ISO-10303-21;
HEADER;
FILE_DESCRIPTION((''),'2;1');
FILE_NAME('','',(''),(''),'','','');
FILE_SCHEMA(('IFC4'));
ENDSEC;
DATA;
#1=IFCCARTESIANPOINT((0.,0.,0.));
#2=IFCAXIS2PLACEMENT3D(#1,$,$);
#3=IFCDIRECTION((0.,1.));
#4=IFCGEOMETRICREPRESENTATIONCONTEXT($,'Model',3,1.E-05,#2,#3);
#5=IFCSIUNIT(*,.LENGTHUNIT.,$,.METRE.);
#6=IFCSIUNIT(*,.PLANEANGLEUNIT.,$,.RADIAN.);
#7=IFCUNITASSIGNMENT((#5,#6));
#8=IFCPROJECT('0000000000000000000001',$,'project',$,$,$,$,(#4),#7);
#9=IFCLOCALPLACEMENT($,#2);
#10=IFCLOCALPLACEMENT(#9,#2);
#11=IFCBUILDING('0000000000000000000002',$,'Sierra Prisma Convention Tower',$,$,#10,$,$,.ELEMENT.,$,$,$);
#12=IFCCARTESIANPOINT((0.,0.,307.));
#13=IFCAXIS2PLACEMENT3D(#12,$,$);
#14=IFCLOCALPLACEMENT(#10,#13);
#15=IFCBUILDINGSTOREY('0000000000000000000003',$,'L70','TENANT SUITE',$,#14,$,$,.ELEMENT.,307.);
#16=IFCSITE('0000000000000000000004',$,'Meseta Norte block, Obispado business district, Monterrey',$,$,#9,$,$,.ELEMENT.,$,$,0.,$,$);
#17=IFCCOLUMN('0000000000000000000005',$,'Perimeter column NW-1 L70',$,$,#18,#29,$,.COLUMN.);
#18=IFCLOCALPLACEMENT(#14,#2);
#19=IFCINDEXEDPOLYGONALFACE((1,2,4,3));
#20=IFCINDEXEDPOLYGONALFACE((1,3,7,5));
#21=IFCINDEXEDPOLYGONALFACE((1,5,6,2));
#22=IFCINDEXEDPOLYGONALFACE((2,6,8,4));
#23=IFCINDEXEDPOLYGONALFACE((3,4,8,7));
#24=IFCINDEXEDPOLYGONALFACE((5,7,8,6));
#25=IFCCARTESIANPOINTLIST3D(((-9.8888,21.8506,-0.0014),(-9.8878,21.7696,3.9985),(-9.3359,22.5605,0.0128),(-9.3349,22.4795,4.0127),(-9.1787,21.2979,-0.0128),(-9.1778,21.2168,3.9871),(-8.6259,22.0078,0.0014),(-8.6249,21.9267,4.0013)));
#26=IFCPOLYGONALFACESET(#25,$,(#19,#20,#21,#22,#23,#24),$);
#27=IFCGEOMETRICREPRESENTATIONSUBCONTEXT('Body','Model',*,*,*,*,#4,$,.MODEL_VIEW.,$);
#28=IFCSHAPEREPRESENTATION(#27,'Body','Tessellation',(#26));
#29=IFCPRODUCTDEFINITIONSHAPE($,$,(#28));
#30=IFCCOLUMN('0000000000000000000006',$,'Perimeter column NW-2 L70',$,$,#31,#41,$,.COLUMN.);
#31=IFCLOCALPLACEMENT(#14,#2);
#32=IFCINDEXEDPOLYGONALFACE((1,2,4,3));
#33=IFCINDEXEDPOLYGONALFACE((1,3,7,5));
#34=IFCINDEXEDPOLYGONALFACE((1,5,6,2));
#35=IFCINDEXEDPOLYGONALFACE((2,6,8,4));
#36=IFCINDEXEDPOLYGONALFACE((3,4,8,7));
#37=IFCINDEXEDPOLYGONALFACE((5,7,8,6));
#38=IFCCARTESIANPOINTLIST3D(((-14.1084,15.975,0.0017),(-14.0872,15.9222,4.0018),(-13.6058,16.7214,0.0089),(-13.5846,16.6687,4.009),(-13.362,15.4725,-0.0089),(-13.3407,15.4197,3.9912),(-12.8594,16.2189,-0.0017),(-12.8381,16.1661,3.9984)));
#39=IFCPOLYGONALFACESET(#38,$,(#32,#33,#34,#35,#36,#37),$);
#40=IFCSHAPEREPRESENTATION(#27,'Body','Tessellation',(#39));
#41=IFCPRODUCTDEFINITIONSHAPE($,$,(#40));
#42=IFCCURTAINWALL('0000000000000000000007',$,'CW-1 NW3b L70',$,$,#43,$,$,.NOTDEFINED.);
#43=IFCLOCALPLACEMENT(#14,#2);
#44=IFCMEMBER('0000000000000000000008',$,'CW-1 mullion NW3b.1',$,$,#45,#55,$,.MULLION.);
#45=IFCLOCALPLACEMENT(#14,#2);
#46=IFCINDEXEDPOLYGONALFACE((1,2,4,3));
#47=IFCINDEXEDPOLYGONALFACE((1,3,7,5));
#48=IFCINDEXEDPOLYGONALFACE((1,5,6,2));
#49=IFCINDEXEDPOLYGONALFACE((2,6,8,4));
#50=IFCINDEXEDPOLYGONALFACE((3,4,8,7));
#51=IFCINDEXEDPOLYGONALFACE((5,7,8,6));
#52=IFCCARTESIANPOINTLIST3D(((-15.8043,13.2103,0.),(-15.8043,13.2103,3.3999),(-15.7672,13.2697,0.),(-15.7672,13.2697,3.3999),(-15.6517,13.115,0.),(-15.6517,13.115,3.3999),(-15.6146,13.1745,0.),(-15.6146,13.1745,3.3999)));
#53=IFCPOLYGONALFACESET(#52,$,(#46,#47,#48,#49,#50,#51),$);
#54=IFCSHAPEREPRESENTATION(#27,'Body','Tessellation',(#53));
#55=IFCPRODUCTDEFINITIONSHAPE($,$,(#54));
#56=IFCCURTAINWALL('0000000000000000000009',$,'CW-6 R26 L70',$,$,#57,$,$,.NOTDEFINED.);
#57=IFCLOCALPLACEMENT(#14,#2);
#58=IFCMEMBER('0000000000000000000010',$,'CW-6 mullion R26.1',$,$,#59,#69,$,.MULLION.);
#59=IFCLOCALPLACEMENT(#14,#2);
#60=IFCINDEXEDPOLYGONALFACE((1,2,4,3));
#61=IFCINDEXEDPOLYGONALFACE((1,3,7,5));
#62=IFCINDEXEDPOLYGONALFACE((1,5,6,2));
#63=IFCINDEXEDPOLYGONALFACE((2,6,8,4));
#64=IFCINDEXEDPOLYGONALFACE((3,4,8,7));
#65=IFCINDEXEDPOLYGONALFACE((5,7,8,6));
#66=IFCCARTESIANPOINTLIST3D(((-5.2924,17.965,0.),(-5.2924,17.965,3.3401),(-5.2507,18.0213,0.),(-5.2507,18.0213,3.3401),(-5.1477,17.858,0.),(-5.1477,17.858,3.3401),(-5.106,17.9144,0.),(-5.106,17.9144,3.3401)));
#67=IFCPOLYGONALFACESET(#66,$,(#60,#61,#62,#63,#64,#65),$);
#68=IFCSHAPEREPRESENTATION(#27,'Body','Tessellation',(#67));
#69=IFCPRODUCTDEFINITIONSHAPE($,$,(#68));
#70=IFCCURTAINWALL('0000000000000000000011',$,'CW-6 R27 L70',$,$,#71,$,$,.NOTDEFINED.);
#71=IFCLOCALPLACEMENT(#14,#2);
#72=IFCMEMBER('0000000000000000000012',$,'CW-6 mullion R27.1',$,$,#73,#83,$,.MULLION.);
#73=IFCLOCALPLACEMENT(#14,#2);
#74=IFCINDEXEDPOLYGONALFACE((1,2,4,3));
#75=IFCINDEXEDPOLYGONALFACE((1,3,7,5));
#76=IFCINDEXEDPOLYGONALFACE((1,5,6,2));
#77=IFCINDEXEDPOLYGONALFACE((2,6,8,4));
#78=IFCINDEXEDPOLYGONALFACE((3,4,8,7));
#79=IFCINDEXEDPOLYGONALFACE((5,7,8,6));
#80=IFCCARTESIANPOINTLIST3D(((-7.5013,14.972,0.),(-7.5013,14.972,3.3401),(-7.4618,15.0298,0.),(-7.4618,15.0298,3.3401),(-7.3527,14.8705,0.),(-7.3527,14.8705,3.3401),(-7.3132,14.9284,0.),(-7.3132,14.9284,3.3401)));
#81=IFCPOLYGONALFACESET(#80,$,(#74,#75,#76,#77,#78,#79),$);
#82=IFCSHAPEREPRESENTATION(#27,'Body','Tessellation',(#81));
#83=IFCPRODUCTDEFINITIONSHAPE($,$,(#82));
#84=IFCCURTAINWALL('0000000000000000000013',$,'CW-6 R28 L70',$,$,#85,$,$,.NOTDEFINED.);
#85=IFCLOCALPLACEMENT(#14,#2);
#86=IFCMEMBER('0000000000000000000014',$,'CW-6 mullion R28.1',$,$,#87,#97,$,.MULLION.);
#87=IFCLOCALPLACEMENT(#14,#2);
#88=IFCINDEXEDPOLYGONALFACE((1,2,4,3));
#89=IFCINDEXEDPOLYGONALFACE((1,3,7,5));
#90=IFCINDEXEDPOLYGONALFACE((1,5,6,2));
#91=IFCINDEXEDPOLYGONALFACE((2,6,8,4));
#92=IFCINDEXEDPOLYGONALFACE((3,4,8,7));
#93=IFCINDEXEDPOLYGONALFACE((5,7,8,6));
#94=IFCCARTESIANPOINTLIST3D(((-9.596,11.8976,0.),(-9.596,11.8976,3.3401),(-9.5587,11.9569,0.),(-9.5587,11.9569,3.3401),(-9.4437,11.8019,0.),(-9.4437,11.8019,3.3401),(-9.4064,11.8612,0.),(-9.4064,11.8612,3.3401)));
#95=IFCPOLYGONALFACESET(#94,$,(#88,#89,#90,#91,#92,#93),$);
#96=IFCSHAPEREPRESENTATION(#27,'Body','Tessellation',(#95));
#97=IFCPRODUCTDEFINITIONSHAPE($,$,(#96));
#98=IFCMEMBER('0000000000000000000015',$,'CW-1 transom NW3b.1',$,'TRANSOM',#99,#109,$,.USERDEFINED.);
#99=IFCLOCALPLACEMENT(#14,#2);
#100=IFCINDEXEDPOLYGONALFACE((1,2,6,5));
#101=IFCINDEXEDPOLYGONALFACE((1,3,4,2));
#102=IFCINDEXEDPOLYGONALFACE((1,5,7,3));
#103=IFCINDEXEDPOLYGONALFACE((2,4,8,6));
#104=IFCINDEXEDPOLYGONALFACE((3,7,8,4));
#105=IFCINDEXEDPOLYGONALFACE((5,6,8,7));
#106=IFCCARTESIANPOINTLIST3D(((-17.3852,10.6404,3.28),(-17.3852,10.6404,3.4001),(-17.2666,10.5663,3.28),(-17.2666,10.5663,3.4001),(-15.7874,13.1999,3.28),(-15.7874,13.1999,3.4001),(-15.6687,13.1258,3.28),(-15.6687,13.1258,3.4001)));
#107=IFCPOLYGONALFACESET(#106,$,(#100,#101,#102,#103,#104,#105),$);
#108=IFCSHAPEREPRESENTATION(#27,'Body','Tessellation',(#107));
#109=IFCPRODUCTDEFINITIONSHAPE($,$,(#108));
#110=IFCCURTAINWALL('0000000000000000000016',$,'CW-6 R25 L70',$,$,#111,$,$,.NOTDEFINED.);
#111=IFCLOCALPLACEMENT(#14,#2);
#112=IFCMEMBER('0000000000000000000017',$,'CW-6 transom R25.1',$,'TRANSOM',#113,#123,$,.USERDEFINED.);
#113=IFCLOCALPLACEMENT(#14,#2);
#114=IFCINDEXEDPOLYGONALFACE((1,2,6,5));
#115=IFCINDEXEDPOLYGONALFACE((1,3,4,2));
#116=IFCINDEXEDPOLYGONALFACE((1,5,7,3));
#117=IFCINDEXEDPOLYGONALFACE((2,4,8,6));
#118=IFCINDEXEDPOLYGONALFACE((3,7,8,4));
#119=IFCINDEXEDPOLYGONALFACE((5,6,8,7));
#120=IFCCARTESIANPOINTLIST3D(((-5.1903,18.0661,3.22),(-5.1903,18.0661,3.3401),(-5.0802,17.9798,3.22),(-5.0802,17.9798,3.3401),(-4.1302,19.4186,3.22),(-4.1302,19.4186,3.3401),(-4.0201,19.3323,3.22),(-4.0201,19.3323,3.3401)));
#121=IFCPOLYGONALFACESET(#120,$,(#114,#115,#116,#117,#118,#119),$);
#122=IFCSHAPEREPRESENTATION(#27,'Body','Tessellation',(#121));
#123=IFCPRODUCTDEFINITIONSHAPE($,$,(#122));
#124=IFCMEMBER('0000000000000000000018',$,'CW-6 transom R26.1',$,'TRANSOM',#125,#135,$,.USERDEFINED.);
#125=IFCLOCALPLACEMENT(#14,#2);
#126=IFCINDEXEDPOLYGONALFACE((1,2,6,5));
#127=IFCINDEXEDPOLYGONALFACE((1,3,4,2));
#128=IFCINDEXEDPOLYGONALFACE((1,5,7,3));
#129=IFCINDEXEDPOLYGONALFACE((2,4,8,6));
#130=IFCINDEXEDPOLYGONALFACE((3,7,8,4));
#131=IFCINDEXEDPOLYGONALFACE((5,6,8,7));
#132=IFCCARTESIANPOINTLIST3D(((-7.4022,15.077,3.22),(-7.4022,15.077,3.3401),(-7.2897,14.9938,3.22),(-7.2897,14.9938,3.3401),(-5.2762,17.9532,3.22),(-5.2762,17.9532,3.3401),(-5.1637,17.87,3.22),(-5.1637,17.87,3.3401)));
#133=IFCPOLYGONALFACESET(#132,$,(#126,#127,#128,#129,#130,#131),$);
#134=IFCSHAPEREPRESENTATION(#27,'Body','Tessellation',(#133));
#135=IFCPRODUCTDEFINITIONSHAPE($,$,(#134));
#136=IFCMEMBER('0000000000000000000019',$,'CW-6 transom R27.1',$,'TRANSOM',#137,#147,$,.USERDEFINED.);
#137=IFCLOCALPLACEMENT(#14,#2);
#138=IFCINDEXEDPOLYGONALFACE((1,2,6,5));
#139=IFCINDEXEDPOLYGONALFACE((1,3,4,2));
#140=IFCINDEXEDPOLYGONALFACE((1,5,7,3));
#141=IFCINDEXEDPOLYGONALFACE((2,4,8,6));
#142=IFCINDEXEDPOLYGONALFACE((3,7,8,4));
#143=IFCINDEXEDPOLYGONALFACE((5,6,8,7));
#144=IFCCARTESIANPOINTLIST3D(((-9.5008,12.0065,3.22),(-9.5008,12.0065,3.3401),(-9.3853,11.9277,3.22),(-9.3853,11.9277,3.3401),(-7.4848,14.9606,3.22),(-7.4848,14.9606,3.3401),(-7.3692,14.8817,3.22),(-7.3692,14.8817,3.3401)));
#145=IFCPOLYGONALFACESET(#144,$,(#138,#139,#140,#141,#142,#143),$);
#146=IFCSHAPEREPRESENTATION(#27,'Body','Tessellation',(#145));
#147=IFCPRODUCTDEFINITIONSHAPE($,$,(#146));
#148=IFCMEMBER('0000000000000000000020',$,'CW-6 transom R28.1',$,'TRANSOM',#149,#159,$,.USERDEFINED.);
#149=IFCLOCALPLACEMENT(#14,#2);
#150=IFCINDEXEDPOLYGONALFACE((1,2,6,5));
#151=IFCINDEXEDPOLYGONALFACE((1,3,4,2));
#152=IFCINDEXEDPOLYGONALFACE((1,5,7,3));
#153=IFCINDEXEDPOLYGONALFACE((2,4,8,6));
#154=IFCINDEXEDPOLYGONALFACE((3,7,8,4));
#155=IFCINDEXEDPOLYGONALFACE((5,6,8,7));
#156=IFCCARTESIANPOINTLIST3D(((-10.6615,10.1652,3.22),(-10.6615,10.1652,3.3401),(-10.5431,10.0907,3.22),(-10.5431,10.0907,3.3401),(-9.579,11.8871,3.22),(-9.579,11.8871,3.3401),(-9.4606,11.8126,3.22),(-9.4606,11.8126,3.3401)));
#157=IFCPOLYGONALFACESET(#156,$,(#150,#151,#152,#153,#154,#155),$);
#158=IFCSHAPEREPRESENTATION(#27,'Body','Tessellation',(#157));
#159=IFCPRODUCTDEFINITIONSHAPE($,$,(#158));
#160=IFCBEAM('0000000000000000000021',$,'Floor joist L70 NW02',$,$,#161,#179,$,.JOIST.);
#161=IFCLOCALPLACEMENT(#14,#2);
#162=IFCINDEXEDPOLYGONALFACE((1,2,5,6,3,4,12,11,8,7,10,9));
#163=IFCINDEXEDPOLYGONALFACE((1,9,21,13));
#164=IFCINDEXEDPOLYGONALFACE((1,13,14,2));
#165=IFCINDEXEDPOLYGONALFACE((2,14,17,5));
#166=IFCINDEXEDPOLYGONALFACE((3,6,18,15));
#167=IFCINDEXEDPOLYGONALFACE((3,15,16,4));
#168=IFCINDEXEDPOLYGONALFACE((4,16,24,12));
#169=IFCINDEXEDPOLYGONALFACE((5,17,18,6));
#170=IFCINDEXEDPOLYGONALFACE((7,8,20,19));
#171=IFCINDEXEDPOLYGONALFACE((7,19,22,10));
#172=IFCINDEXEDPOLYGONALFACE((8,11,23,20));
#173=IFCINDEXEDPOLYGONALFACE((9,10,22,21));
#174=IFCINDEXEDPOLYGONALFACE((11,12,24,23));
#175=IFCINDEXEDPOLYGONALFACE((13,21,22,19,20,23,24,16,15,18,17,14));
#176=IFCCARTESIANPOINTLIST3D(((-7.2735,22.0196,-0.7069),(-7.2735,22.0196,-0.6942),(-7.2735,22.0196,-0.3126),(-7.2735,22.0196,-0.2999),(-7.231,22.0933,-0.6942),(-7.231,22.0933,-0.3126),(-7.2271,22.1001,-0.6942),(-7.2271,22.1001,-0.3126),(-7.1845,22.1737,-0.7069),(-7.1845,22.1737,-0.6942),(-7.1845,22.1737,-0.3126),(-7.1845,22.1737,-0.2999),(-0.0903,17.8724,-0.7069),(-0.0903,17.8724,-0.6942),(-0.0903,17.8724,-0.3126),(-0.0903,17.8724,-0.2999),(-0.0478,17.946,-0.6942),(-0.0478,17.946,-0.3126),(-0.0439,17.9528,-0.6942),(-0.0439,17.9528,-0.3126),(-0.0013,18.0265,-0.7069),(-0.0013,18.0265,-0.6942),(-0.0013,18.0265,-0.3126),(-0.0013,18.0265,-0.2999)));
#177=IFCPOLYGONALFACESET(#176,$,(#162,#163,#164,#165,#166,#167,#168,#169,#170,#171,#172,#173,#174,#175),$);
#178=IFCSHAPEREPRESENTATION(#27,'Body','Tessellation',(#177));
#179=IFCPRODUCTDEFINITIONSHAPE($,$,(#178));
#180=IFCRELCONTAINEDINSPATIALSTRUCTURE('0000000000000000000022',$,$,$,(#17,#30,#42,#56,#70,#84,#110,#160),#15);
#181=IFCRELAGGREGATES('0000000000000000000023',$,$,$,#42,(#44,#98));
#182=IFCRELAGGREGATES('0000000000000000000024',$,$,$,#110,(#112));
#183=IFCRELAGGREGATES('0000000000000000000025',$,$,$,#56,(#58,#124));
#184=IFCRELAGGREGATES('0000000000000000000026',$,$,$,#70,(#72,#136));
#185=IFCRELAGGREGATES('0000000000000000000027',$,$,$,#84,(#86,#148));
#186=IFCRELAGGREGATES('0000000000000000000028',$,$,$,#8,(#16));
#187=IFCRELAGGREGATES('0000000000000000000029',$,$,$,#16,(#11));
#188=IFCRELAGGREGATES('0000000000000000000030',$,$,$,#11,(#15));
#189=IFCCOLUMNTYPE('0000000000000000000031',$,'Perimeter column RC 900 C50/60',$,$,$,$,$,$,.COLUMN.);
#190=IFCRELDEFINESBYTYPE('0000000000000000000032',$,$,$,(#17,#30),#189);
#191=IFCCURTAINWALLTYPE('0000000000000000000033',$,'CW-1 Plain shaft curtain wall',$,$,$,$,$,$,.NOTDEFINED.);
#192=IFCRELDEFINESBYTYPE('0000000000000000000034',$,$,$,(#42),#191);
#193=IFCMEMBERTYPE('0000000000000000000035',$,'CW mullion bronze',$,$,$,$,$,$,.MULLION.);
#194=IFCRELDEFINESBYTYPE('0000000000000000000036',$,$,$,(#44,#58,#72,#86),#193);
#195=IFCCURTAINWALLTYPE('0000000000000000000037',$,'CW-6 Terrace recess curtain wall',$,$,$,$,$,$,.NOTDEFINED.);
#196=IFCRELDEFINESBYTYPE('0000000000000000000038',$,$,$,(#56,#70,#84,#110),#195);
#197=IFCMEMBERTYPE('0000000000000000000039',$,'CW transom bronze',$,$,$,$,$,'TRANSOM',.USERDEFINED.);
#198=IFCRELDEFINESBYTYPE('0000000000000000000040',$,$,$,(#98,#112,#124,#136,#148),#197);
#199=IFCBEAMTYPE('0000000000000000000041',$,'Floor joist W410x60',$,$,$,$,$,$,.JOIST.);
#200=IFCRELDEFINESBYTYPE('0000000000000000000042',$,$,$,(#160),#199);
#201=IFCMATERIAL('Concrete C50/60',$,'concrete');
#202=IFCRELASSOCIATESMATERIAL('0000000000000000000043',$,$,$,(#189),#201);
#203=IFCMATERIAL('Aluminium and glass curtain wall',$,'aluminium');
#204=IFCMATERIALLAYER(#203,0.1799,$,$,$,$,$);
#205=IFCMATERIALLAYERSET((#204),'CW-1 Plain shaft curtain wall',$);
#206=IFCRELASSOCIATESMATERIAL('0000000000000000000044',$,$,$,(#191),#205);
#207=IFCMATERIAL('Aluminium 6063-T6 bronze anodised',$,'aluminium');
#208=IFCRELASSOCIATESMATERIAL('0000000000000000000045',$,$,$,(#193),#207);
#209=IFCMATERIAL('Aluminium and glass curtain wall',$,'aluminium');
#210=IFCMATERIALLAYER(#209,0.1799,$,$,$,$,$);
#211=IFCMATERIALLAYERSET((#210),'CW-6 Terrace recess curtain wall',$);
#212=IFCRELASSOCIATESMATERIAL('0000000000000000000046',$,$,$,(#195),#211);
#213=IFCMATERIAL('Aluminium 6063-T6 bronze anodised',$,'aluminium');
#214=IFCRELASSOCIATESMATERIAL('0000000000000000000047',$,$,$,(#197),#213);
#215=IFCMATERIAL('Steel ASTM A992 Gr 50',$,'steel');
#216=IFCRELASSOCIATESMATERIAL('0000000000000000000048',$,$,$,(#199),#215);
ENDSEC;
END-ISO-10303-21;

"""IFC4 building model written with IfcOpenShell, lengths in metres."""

from ifc_helpers import new_model, si_unit, direction, frame, origin, origin_2d, place, context, subcontext, project, spatial, rectangle, i_section, extrude, material, layer, layer_set, material_profile, profile_set, type_object, element, aggregate, save


model = new_model("IFC4")

# Units and contexts
model_context = context("Model", 3, precision=1e-05, world=origin(), true_north=direction((0.0, 1.0)))
body_context = subcontext(model_context, "Body", "Model", "MODEL_VIEW")
ifc_project = project(units=[si_unit("LENGTHUNIT", "METRE"), si_unit("PLANEANGLEUNIT", "RADIAN")], contexts=[model_context])

# Site, building, storey
site_placement = place(None, origin())
site = spatial("IfcSite", under=ifc_project, at=site_placement, Name="Meseta Norte block, Obispado business district, Monterrey", CompositionType="ELEMENT", RefElevation=0.0)
building_placement = place(site_placement, origin())
building = spatial("IfcBuilding", under=site, at=building_placement, Name="Sierra Prisma Convention Tower", CompositionType="ELEMENT")
storey_placement = place(building_placement, frame((0.0, 0.0, 307.0)))
storey = spatial("IfcBuildingStorey", under=building, at=storey_placement, Name="L70", Description="TENANT SUITE", CompositionType="ELEMENT", Elevation=307.0)

# Columns
ifc_material_1 = material(Name="Concrete C50/60", Category="concrete")
ifc_material_profile_1 = material_profile(ifc_material_1, rectangle(XDim=0.8999, YDim=0.8999, at=origin_2d()), Name="Perimeter column RC 900 C50/60")
ifc_profile_set_1 = profile_set([ifc_material_profile_1], Name="Concrete C50/60")
column_type = type_object("IfcColumnType", Name="Perimeter column RC 900 C50/60", PredefinedType="COLUMN", material=ifc_profile_set_1)
column_1_placement = place(storey_placement, frame((-9.2573, 21.9292, 0.0), z_axis=(0.000244, -0.02026, 0.999795), x_axis=(0.614371, 0.788859, 0.015835)))
element("IfcColumn", 1, at=column_1_placement, inside=storey, type_object=column_type, Name="Perimeter column NW-1 L70", PredefinedType="COLUMN", context=body_context, shape_type="SweptSolid", body=[
    extrude(rectangle(XDim=0.8999, YDim=0.8999, at=origin_2d()), origin(), (0.0, 0.0, 1.0), 4.0007),
])
column_2_placement = place(storey_placement, frame((-13.4839, 16.0969, 0.0), z_axis=(0.00531, -0.013182, 0.999899), x_axis=(0.558506, 0.829462, 0.00797)))
element("IfcColumn", 2, at=column_2_placement, inside=storey, type_object=column_type, Name="Perimeter column NW-2 L70", PredefinedType="COLUMN", context=body_context, shape_type="SweptSolid", body=[
    extrude(rectangle(XDim=0.8999, YDim=0.8999, at=origin_2d()), origin(), (0.0, 0.0, 1.0), 4.0005),
])

# Curtain walls, members
ifc_material_2 = material(Name="Aluminium and glass curtain wall", Category="aluminium")
ifc_layer_1 = layer(ifc_material_2, 0.1799)
ifc_layer_set_1 = layer_set([ifc_layer_1], Name="CW-1 Plain shaft curtain wall")
curtain_wall_type_1 = type_object("IfcCurtainWallType", Name="CW-1 Plain shaft curtain wall", PredefinedType="NOTDEFINED", material=ifc_layer_set_1)
curtain_wall_1_placement = place(storey_placement, origin())
curtain_wall_1 = element("IfcCurtainWall", 3, at=curtain_wall_1_placement, inside=storey, type_object=curtain_wall_type_1, Name="CW-1 NW3b L70", PredefinedType="NOTDEFINED")
ifc_material_3 = material(Name="Aluminium 6063-T6 bronze anodised", Category="aluminium")
ifc_material_profile_2 = material_profile(ifc_material_3, rectangle(XDim=0.1799, YDim=0.0701, at=origin_2d()), Name="ALU MULLION 70x180")
ifc_profile_set_2 = profile_set([ifc_material_profile_2], Name="Aluminium 6063-T6 bronze anodised")
member_type_1 = type_object("IfcMemberType", Name="CW mullion bronze", PredefinedType="MULLION", material=ifc_profile_set_2)
member_1_placement = place(storey_placement, frame((-15.7095, 13.1924, 0.0), z_axis=(0.0, 0.0, 1.0), x_axis=(0.848265, -0.529572, 0.0)))
member_1 = element("IfcMember", 4, at=member_1_placement, type_object=member_type_1, Name="CW-1 mullion NW3b.1", PredefinedType="MULLION", context=body_context, shape_type="SweptSolid", body=[
    extrude(rectangle(XDim=0.1799, YDim=0.0701, at=origin_2d()), origin(), (0.0, 0.0, 1.0), 3.3999),
])
ifc_material_4 = material(Name="Aluminium and glass curtain wall", Category="aluminium")
ifc_layer_2 = layer(ifc_material_4, 0.1799)
ifc_layer_set_2 = layer_set([ifc_layer_2], Name="CW-6 Terrace recess curtain wall")
curtain_wall_type_2 = type_object("IfcCurtainWallType", Name="CW-6 Terrace recess curtain wall", PredefinedType="NOTDEFINED", material=ifc_layer_set_2)
curtain_wall_2_placement = place(storey_placement, origin())
curtain_wall_2 = element("IfcCurtainWall", 5, at=curtain_wall_2_placement, inside=storey, type_object=curtain_wall_type_2, Name="CW-6 R26 L70", PredefinedType="NOTDEFINED")
member_2_placement = place(storey_placement, frame((-5.1992, 17.9397, 0.0), z_axis=(0.0, 0.0, 1.0), x_axis=(0.804181, -0.594384, 0.0)))
member_2 = element("IfcMember", 6, at=member_2_placement, type_object=member_type_1, Name="CW-6 mullion R26.1", PredefinedType="MULLION", context=body_context, shape_type="SweptSolid", body=[
    extrude(rectangle(XDim=0.1799, YDim=0.0701, at=origin_2d()), origin(), (0.0, 0.0, 1.0), 3.3401),
])
curtain_wall_3_placement = place(storey_placement, origin())
curtain_wall_3 = element("IfcCurtainWall", 7, at=curtain_wall_3_placement, inside=storey, type_object=curtain_wall_type_2, Name="CW-6 R27 L70", PredefinedType="NOTDEFINED")
member_3_placement = place(storey_placement, frame((-7.4072, 14.9502, 0.0), z_axis=(0.0, 0.0, 1.0), x_axis=(0.825975, -0.563706, 0.0)))
member_3 = element("IfcMember", 8, at=member_3_placement, type_object=member_type_1, Name="CW-6 mullion R27.1", PredefinedType="MULLION", context=body_context, shape_type="SweptSolid", body=[
    extrude(rectangle(XDim=0.1799, YDim=0.0701, at=origin_2d()), origin(), (0.0, 0.0, 1.0), 3.3401),
])
curtain_wall_4_placement = place(storey_placement, origin())
curtain_wall_4 = element("IfcCurtainWall", 9, at=curtain_wall_4_placement, inside=storey, type_object=curtain_wall_type_2, Name="CW-6 R28 L70", PredefinedType="NOTDEFINED")
member_4_placement = place(storey_placement, frame((-9.5012, 11.8794, 0.0), z_axis=(0.0, 0.0, 1.0), x_axis=(0.8466, -0.53223, 0.0)))
member_4 = element("IfcMember", 10, at=member_4_placement, type_object=member_type_1, Name="CW-6 mullion R28.1", PredefinedType="MULLION", context=body_context, shape_type="SweptSolid", body=[
    extrude(rectangle(XDim=0.1799, YDim=0.0701, at=origin_2d()), origin(), (0.0, 0.0, 1.0), 3.3401),
])

# Member
ifc_material_5 = material(Name="Aluminium 6063-T6 bronze anodised", Category="aluminium")
ifc_material_profile_3 = material_profile(ifc_material_5, rectangle(XDim=0.1399, YDim=0.1201, at=origin_2d()), Name="ALU TRANSOM 120x140")
ifc_profile_set_3 = profile_set([ifc_material_profile_3], Name="Aluminium 6063-T6 bronze anodised")
member_type_2 = type_object("IfcMemberType", Name="CW transom bronze", ElementType="TRANSOM", PredefinedType="USERDEFINED", material=ifc_profile_set_3)
member_5_placement = place(storey_placement, frame((-15.728, 13.1628, 3.3401), z_axis=(-0.529562, -0.848271, 0.0), x_axis=(0.848271, -0.529562, 0.0)))
member_5 = element("IfcMember", 11, at=member_5_placement, type_object=member_type_2, Name="CW-1 transom NW3b.1", ObjectType="TRANSOM", PredefinedType="USERDEFINED", context=body_context, shape_type="SweptSolid", body=[
    extrude(rectangle(XDim=0.1399, YDim=0.1201, at=origin_2d()), origin(), (0.0, 0.0, 1.0), 3.0173),
])

# Curtain wall, member
curtain_wall_5_placement = place(storey_placement, origin())
curtain_wall_5 = element("IfcCurtainWall", 12, at=curtain_wall_5_placement, inside=storey, type_object=curtain_wall_type_2, Name="CW-6 R25 L70", PredefinedType="NOTDEFINED")
member_6_placement = place(storey_placement, frame((-4.0752, 19.3755, 3.28), z_axis=(-0.616867, -0.787067, 0.0), x_axis=(0.787067, -0.616867, 0.0)))
member_6 = element("IfcMember", 13, at=member_6_placement, type_object=member_type_2, Name="CW-6 transom R25.1", ObjectType="TRANSOM", PredefinedType="USERDEFINED", context=body_context, shape_type="SweptSolid", body=[
    extrude(rectangle(XDim=0.1399, YDim=0.1201, at=origin_2d()), origin(), (0.0, 0.0, 1.0), 1.7185),
])

# Members
member_7_placement = place(storey_placement, frame((-5.22, 17.9116, 3.28), z_axis=(-0.594404, -0.804166, 0.0), x_axis=(0.804166, -0.594404, 0.0)))
member_7 = element("IfcMember", 14, at=member_7_placement, type_object=member_type_2, Name="CW-6 transom R26.1", ObjectType="TRANSOM", PredefinedType="USERDEFINED", context=body_context, shape_type="SweptSolid", body=[
    extrude(rectangle(XDim=0.1399, YDim=0.1201, at=origin_2d()), origin(), (0.0, 0.0, 1.0), 3.5767),
])
member_8_placement = place(storey_placement, frame((-7.427, 14.9211, 3.28), z_axis=(-0.56371, -0.825973, 0.0), x_axis=(0.825973, -0.56371, 0.0)))
member_8 = element("IfcMember", 15, at=member_8_placement, type_object=member_type_2, Name="CW-6 transom R27.1", ObjectType="TRANSOM", PredefinedType="USERDEFINED", context=body_context, shape_type="SweptSolid", body=[
    extrude(rectangle(XDim=0.1399, YDim=0.1201, at=origin_2d()), origin(), (0.0, 0.0, 1.0), 3.5764),
])
member_9_placement = place(storey_placement, frame((-9.5198, 11.8499, 3.28), z_axis=(-0.532231, -0.846599, 0.0), x_axis=(0.846599, -0.532231, 0.0)))
member_9 = element("IfcMember", 16, at=member_9_placement, type_object=member_type_2, Name="CW-6 transom R28.1", ObjectType="TRANSOM", PredefinedType="USERDEFINED", context=body_context, shape_type="SweptSolid", body=[
    extrude(rectangle(XDim=0.1399, YDim=0.1201, at=origin_2d()), origin(), (0.0, 0.0, 1.0), 2.0339),
])

# Beam
ifc_material_6 = material(Name="Steel ASTM A992 Gr 50", Category="steel")
ifc_material_profile_4 = material_profile(ifc_material_6, i_section(OverallWidth=0.178, OverallDepth=0.407, WebThickness=0.0078, FlangeThickness=0.0127, at=origin_2d()), Name="W410x60")
ifc_profile_set_4 = profile_set([ifc_material_profile_4], Name="Steel ASTM A992 Gr 50")
beam_type_1 = type_object("IfcBeamType", Name="Floor joist W410x60", PredefinedType="JOIST", material=ifc_profile_set_4)
beam_1_placement = place(storey_placement, frame((-7.229, 22.0967, -0.5034), z_axis=(0.866023, -0.500004, 0.0), x_axis=(0.500004, 0.866023, 0.0)))
element("IfcBeam", 17, at=beam_1_placement, inside=storey, type_object=beam_type_1, Name="Floor joist L70 NW02", PredefinedType="JOIST", context=body_context, shape_type="SweptSolid", body=[
    extrude(i_section(OverallWidth=0.178, OverallDepth=0.407, WebThickness=0.0078, FlangeThickness=0.0127, at=origin_2d()), origin(), (0.0, 0.0, 1.0), 8.2944),
])

aggregate(curtain_wall_1, [member_1, member_5])
aggregate(curtain_wall_5, [member_6])
aggregate(curtain_wall_2, [member_2, member_7])
aggregate(curtain_wall_3, [member_3, member_8])
aggregate(curtain_wall_4, [member_4, member_9])

save(model, "model.ifc")
